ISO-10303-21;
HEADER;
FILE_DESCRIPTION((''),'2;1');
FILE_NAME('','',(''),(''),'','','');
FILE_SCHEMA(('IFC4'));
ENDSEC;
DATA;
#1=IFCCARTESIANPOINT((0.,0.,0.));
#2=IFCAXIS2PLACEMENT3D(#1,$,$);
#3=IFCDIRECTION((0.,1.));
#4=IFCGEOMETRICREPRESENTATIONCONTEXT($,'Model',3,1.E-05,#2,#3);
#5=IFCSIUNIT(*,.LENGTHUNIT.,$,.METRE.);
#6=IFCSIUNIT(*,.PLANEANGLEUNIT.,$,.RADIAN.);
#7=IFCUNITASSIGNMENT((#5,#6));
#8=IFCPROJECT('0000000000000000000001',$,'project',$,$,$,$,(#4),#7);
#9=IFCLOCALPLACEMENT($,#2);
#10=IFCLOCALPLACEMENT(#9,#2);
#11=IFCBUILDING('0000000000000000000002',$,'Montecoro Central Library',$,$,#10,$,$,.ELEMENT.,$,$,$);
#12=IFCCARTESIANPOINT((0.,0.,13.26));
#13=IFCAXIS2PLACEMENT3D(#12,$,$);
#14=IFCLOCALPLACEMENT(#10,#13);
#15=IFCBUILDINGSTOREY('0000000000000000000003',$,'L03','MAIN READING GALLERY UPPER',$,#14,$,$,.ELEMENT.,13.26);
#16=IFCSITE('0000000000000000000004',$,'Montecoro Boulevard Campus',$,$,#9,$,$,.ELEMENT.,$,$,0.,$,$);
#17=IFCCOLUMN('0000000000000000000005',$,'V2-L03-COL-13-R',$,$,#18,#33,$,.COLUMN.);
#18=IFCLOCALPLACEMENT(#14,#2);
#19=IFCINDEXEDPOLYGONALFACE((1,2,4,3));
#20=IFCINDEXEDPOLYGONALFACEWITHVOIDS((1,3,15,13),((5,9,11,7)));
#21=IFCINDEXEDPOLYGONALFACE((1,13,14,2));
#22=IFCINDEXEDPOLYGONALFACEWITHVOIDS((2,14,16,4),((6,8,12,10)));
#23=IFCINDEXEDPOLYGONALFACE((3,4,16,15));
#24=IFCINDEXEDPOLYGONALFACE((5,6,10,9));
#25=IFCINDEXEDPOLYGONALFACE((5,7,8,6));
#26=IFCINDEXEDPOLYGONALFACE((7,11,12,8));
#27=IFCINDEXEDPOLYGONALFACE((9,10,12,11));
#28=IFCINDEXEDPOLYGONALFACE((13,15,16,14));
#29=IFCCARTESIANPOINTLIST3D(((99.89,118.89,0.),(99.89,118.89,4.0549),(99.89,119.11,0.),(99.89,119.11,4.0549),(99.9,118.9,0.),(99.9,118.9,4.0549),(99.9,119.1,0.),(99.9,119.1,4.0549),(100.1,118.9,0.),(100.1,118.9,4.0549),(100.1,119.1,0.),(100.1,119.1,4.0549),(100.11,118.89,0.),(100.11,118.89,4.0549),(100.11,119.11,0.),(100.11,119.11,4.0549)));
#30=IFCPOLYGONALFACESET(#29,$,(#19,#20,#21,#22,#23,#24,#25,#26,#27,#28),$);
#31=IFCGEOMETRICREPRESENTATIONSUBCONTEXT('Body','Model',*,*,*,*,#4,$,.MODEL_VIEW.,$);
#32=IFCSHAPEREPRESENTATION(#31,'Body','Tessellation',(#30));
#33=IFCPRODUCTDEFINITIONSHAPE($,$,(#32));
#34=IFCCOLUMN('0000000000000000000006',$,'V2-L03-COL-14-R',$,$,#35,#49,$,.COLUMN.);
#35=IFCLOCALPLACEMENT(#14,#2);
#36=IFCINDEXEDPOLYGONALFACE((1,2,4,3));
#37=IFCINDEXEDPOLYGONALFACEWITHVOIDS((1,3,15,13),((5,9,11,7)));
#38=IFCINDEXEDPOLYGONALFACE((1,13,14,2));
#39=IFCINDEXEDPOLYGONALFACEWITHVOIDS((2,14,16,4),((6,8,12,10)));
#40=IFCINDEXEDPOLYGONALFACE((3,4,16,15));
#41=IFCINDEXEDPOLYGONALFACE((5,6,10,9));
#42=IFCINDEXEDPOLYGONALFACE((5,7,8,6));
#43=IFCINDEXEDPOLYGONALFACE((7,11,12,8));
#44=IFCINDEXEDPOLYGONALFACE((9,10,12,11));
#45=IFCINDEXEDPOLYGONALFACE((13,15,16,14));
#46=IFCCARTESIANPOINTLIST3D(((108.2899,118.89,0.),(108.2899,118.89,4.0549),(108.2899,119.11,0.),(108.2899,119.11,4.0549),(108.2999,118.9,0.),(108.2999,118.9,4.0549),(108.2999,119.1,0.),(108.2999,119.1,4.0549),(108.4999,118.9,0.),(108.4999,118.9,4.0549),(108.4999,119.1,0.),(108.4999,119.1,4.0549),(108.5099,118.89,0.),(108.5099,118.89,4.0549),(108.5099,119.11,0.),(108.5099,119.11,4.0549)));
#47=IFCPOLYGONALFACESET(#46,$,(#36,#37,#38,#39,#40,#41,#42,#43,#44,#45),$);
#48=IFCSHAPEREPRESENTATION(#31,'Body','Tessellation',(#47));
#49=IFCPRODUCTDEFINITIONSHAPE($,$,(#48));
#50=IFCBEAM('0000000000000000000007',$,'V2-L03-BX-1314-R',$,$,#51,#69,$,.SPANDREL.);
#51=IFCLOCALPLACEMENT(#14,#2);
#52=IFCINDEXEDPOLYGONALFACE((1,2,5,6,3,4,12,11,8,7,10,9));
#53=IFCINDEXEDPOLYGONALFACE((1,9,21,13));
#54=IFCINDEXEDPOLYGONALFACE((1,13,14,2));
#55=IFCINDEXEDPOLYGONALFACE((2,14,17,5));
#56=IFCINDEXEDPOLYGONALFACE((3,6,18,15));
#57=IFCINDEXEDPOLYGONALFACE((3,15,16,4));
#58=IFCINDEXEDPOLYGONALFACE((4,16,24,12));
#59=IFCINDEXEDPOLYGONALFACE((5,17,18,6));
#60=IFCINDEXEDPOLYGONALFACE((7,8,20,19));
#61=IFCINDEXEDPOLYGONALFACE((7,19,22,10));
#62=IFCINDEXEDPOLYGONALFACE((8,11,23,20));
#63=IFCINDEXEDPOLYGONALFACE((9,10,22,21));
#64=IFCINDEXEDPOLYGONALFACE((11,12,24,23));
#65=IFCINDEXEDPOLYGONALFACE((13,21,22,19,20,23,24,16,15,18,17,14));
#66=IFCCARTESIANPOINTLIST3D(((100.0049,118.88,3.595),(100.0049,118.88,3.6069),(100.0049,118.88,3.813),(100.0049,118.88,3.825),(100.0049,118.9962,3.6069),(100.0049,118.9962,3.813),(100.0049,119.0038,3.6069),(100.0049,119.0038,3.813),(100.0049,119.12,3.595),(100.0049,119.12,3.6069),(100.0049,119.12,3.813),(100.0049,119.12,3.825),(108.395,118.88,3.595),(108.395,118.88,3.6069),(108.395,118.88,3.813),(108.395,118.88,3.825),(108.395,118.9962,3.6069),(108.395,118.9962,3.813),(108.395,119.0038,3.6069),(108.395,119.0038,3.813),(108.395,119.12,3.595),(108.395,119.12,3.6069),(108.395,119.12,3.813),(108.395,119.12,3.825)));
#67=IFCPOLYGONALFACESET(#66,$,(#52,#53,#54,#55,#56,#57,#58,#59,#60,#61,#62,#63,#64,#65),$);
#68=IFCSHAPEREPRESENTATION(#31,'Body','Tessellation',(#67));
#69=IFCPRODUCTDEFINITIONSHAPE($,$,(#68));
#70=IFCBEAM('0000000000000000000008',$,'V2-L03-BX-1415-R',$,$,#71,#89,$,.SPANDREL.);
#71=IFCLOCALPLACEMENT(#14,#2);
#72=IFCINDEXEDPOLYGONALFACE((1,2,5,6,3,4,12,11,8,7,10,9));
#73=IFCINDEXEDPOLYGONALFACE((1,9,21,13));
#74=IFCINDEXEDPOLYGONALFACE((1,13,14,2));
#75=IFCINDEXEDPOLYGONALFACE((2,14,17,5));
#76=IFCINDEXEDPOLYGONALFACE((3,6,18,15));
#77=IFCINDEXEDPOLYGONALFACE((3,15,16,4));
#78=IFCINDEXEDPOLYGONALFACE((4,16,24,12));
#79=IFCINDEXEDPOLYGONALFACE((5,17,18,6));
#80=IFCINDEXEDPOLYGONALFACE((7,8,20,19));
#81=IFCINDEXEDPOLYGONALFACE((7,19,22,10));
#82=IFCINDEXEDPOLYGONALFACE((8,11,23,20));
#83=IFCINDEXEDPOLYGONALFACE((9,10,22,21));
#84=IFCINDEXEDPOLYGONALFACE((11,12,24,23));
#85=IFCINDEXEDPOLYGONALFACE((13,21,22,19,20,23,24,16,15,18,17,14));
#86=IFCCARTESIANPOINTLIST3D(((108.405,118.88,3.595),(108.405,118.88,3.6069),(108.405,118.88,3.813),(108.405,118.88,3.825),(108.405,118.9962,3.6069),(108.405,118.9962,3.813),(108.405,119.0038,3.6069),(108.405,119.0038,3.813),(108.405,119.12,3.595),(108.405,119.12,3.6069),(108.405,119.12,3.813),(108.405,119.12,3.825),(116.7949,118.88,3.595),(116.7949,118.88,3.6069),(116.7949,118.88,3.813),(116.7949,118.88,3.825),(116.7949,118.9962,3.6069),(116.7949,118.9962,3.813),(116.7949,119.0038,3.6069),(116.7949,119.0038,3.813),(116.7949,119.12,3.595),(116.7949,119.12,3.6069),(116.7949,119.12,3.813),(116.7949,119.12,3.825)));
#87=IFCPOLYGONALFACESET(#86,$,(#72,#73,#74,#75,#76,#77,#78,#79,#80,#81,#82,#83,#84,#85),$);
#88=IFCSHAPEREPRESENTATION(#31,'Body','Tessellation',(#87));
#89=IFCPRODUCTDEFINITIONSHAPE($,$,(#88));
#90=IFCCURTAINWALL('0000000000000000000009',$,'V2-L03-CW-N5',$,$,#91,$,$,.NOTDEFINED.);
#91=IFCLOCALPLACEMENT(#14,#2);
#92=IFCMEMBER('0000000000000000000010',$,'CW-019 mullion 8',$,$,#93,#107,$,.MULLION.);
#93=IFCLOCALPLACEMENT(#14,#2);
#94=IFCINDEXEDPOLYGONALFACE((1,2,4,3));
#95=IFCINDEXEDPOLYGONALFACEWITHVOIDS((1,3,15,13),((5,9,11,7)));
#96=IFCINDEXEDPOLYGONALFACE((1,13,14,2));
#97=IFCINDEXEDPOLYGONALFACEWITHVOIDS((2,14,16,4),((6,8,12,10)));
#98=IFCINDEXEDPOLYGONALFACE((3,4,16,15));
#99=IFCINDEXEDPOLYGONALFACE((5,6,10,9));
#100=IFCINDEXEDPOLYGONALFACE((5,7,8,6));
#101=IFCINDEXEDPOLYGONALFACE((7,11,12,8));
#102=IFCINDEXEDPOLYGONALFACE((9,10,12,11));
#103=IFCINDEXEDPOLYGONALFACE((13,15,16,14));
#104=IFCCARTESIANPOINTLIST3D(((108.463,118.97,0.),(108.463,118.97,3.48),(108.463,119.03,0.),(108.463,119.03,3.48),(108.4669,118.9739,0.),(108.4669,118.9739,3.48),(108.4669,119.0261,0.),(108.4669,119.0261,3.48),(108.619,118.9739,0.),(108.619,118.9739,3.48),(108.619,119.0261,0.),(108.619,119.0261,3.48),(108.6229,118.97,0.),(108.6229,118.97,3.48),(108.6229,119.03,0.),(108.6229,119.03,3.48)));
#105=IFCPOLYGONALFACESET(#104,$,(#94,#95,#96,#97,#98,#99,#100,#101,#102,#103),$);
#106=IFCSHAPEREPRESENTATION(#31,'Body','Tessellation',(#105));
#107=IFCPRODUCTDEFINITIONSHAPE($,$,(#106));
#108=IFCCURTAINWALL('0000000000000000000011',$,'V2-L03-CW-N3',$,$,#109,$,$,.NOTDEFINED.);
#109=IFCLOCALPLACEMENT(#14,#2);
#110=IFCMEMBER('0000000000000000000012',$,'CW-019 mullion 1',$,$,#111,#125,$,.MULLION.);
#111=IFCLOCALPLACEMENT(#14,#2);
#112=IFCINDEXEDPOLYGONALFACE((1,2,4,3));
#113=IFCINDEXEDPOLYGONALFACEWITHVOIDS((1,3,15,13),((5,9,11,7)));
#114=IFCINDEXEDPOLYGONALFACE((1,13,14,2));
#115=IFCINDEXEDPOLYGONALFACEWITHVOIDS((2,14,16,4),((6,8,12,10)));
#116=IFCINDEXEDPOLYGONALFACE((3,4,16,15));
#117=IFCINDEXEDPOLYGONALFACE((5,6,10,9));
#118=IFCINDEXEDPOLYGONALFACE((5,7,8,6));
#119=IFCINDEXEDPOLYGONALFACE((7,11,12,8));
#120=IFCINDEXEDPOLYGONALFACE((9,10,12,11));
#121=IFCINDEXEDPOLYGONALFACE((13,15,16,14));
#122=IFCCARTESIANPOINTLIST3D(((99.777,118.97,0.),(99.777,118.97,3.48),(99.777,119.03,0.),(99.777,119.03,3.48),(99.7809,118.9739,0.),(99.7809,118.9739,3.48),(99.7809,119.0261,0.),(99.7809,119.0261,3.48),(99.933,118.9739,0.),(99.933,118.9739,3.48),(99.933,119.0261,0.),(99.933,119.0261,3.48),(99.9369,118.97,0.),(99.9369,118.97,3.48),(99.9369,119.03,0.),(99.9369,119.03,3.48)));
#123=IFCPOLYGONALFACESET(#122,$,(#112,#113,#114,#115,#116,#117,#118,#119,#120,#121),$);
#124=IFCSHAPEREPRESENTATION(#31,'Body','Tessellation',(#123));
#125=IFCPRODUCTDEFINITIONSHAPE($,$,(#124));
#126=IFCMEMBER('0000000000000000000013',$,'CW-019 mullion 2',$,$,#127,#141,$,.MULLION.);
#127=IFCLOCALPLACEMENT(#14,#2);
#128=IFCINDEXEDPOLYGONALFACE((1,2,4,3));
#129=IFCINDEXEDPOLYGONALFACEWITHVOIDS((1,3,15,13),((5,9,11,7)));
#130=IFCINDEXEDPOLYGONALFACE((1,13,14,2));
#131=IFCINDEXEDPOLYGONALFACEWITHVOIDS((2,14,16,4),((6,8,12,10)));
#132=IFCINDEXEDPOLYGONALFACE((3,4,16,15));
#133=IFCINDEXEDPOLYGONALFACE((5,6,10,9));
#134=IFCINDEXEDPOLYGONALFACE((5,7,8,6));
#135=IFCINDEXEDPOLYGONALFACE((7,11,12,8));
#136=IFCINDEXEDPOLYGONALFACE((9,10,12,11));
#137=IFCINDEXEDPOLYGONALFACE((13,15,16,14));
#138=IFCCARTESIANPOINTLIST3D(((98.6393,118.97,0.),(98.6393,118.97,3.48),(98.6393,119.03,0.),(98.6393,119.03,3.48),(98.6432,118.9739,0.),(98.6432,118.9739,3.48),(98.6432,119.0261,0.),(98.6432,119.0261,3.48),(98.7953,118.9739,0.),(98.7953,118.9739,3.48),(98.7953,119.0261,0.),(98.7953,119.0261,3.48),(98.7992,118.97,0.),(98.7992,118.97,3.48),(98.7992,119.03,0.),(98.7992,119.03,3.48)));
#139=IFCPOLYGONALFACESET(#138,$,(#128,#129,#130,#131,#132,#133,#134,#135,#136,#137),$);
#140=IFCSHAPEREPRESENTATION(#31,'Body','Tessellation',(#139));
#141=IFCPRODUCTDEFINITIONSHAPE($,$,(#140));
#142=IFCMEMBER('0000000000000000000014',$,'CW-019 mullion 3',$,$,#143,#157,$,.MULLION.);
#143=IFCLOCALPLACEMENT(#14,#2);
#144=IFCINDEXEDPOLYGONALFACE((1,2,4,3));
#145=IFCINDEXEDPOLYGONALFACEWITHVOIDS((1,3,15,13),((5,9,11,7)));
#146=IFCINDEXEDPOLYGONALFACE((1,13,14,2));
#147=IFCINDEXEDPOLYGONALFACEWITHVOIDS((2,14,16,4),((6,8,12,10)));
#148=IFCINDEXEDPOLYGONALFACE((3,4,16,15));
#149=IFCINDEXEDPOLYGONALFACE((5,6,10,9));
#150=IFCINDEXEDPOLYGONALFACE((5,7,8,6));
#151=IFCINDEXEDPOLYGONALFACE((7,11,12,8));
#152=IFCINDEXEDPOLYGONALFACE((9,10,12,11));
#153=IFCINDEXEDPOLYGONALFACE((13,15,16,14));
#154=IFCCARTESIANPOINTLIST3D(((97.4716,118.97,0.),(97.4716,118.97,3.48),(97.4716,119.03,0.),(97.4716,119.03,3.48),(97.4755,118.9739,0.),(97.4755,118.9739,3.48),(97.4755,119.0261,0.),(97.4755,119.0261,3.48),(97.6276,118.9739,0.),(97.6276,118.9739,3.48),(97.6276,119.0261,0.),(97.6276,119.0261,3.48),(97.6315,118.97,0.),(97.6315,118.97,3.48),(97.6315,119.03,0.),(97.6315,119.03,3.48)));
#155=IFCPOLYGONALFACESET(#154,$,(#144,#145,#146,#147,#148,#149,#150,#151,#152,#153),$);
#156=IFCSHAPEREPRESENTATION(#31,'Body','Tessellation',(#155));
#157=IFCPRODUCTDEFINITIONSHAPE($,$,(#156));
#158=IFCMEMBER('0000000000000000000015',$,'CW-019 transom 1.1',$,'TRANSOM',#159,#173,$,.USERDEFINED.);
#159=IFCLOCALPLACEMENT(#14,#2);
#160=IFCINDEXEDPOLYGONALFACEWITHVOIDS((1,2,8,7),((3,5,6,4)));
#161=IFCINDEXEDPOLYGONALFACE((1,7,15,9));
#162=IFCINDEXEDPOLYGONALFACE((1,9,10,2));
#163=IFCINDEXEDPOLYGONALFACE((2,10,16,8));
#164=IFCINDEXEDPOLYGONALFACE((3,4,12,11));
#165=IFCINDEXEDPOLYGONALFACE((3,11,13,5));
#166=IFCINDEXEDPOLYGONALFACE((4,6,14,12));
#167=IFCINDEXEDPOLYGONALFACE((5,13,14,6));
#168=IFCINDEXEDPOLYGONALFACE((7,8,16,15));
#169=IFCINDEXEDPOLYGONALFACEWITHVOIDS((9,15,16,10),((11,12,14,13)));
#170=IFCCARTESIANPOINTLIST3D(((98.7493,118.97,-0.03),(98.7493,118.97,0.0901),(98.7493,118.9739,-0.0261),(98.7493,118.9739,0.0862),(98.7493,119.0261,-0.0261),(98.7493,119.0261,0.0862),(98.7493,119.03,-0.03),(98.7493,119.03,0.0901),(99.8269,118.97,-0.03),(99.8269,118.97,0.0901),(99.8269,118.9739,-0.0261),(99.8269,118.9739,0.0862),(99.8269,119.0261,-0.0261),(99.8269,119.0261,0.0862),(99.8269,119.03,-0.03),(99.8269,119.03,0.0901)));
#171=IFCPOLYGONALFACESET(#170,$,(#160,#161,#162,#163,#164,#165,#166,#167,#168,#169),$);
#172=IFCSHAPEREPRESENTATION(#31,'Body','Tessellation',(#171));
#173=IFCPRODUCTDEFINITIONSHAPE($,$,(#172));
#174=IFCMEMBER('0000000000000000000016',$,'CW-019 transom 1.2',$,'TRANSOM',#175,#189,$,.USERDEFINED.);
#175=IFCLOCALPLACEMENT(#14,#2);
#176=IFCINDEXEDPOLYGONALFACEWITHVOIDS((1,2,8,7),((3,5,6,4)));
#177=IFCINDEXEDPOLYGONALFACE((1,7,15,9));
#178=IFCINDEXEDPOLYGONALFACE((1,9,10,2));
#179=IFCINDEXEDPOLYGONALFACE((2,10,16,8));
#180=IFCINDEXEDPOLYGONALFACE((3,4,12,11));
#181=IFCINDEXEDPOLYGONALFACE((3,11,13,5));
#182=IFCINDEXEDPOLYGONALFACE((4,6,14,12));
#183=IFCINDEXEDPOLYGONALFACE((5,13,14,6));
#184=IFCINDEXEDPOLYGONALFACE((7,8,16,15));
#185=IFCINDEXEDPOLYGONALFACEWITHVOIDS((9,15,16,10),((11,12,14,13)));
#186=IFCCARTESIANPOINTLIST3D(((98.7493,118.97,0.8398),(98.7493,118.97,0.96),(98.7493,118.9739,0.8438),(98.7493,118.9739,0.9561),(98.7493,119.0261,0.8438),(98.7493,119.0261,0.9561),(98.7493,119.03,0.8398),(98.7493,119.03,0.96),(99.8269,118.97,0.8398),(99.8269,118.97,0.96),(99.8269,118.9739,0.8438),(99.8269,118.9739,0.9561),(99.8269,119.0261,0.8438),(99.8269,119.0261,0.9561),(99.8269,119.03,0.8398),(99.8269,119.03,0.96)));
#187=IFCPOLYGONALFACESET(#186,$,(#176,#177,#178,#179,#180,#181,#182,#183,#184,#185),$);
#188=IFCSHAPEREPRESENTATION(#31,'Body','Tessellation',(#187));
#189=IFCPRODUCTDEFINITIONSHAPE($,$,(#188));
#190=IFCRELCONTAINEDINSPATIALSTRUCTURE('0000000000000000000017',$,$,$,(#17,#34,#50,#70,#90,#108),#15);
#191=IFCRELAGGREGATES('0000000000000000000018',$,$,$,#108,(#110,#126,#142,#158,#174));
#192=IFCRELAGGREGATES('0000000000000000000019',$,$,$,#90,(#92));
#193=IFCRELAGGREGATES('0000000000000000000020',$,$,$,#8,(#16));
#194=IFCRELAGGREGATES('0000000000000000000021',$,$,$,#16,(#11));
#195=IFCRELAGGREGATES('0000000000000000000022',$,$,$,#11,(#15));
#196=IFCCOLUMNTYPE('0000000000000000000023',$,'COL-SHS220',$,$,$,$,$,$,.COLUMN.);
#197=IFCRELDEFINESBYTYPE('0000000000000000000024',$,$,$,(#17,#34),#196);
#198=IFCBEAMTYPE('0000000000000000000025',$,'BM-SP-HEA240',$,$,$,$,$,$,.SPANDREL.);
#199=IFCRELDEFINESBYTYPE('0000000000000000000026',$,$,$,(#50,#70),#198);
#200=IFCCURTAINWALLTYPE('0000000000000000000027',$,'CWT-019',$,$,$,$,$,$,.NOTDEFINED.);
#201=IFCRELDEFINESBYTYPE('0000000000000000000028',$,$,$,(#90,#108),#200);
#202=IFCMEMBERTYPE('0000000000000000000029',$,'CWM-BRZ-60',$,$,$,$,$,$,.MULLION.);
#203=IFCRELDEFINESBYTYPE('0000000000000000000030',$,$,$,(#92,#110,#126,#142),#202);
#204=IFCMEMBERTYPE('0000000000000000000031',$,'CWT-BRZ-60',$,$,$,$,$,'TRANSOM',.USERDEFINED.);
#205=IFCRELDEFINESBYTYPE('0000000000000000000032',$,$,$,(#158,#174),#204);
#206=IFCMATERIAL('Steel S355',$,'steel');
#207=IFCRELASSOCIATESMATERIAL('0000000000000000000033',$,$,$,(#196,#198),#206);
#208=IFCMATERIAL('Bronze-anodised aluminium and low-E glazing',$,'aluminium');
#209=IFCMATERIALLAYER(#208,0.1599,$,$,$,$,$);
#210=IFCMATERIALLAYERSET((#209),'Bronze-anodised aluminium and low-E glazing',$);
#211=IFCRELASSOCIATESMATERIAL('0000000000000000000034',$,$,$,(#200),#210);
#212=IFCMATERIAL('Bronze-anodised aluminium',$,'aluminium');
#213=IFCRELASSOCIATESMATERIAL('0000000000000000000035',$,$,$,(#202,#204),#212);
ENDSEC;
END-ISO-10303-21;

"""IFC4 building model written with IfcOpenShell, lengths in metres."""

from ifc_helpers import new_model, si_unit, direction, frame, origin, origin_2d, place, context, subcontext, project, spatial, hollow_rectangle, i_section, extrude, material, layer, layer_set, material_profile, profile_set, type_object, element, aggregate, save


model = new_model("IFC4")

# Units and contexts
model_context = context("Model", 3, precision=1e-05, world=origin(), true_north=direction((0.0, 1.0)))
body_context = subcontext(model_context, "Body", "Model", "MODEL_VIEW")
ifc_project = project(units=[si_unit("LENGTHUNIT", "METRE"), si_unit("PLANEANGLEUNIT", "RADIAN")], contexts=[model_context])

# Site, building, storey
site_placement = place(None, origin())
site = spatial("IfcSite", under=ifc_project, at=site_placement, Name="Montecoro Boulevard Campus", CompositionType="ELEMENT", RefElevation=0.0)
building_placement = place(site_placement, origin())
building = spatial("IfcBuilding", under=site, at=building_placement, Name="Montecoro Central Library", CompositionType="ELEMENT")
storey_placement = place(building_placement, frame((0.0, 0.0, 13.26)))
storey = spatial("IfcBuildingStorey", under=building, at=storey_placement, Name="L03", Description="MAIN READING GALLERY UPPER", CompositionType="ELEMENT", Elevation=13.26)

# Columns
ifc_material_1 = material(Name="Steel S355", Category="steel")
ifc_material_profile_1 = material_profile(ifc_material_1, hollow_rectangle(XDim=0.22, YDim=0.22, WallThickness=0.01, at=origin_2d()), Name="SHS 220x220x10.0")
ifc_profile_set_1 = profile_set([ifc_material_profile_1], Name="Steel S355")
column_type = type_object("IfcColumnType", Name="COL-SHS220", PredefinedType="COLUMN", material=ifc_profile_set_1)
for number, where, z_axis, x_axis, name in (
    (1, (100.0, 119.0, 0.0), (0.0, 0.0, 1.0), (1.0, 0.0, 0.0), "V2-L03-COL-13-R"),
    (2, (108.3999, 119.0, 0.0), (0.0, 0.0, 1.0), (1.0, 0.0, 0.0), "V2-L03-COL-14-R"),
):
    element("IfcColumn", number, at=place(storey_placement, frame(where, z_axis=z_axis, x_axis=x_axis)), inside=storey, type_object=column_type, Name=name, PredefinedType="COLUMN", context=body_context, shape_type="SweptSolid", body=[
        extrude(hollow_rectangle(XDim=0.22, YDim=0.22, WallThickness=0.01, at=origin_2d()), origin(), (0.0, 0.0, 1.0), 4.0549),
    ])

# Beams
ifc_material_profile_2 = material_profile(ifc_material_1, i_section(OverallWidth=0.24, OverallDepth=0.23, WebThickness=0.0076, FlangeThickness=0.012, at=origin_2d()), Name="HEA 240")
ifc_profile_set_2 = profile_set([ifc_material_profile_2], Name="Steel S355")
beam_type = type_object("IfcBeamType", Name="BM-SP-HEA240", PredefinedType="SPANDREL", material=ifc_profile_set_2)
beam_1_placement = place(storey_placement, frame((100.0049, 119.0, 3.71), z_axis=(1.0, 0.0, 0.0), x_axis=(0.0, 1.0, 0.0)))
element("IfcBeam", 3, at=beam_1_placement, inside=storey, type_object=beam_type, Name="V2-L03-BX-1314-R", PredefinedType="SPANDREL", context=body_context, shape_type="SweptSolid", body=[
    extrude(i_section(OverallWidth=0.24, OverallDepth=0.23, WebThickness=0.0076, FlangeThickness=0.012, at=origin_2d()), origin(), (0.0, 0.0, 1.0), 8.3901),
])
beam_2_placement = place(storey_placement, frame((108.405, 119.0, 3.71), z_axis=(1.0, 0.0, 0.0), x_axis=(0.0, 1.0, 0.0)))
element("IfcBeam", 4, at=beam_2_placement, inside=storey, type_object=beam_type, Name="V2-L03-BX-1415-R", PredefinedType="SPANDREL", context=body_context, shape_type="SweptSolid", body=[
    extrude(i_section(OverallWidth=0.24, OverallDepth=0.23, WebThickness=0.0076, FlangeThickness=0.012, at=origin_2d()), origin(), (0.0, 0.0, 1.0), 8.3899),
])

# Curtain wall, member
ifc_material_2 = material(Name="Bronze-anodised aluminium and low-E glazing", Category="aluminium")
ifc_layer_1 = layer(ifc_material_2, 0.1599)
ifc_layer_set_1 = layer_set([ifc_layer_1], Name="Bronze-anodised aluminium and low-E glazing")
curtain_wall_type = type_object("IfcCurtainWallType", Name="CWT-019", PredefinedType="NOTDEFINED", material=ifc_layer_set_1)
curtain_wall_1_placement = place(storey_placement, origin())
curtain_wall_1 = element("IfcCurtainWall", 5, at=curtain_wall_1_placement, inside=storey, type_object=curtain_wall_type, Name="V2-L03-CW-N5", PredefinedType="NOTDEFINED")
ifc_material_3 = material(Name="Bronze-anodised aluminium", Category="aluminium")
ifc_material_profile_3 = material_profile(ifc_material_3, hollow_rectangle(XDim=0.0601, YDim=0.1599, WallThickness=0.0039, at=origin_2d()), Name="CWM 160x60x4.0")
ifc_profile_set_3 = profile_set([ifc_material_profile_3], Name="Bronze-anodised aluminium")
member_type_1 = type_object("IfcMemberType", Name="CWM-BRZ-60", PredefinedType="MULLION", material=ifc_profile_set_3)
member_1_placement = place(storey_placement, frame((108.543, 119.0, 0.0), z_axis=(0.0, 0.0, 1.0), x_axis=(0.0, -1.0, 0.0)))
member_1 = element("IfcMember", 6, at=member_1_placement, type_object=member_type_1, Name="CW-019 mullion 8", PredefinedType="MULLION", context=body_context, shape_type="SweptSolid", body=[
    extrude(hollow_rectangle(XDim=0.0601, YDim=0.1599, WallThickness=0.0039, at=origin_2d()), origin(), (0.0, 0.0, 1.0), 3.48),
])

# Curtain wall, members
curtain_wall_2_placement = place(storey_placement, origin())
curtain_wall_2 = element("IfcCurtainWall", 7, at=curtain_wall_2_placement, inside=storey, type_object=curtain_wall_type, Name="V2-L03-CW-N3", PredefinedType="NOTDEFINED")
member_2_placement = place(storey_placement, frame((99.8569, 119.0, 0.0), z_axis=(0.0, 0.0, 1.0), x_axis=(0.0, -1.0, 0.0)))
member_2 = element("IfcMember", 8, at=member_2_placement, type_object=member_type_1, Name="CW-019 mullion 1", PredefinedType="MULLION", context=body_context, shape_type="SweptSolid", body=[
    extrude(hollow_rectangle(XDim=0.0601, YDim=0.1599, WallThickness=0.0039, at=origin_2d()), origin(), (0.0, 0.0, 1.0), 3.48),
])
member_3_placement = place(storey_placement, frame((98.7192, 119.0, 0.0), z_axis=(0.0, 0.0, 1.0), x_axis=(0.0, -1.0, 0.0)))
member_3 = element("IfcMember", 9, at=member_3_placement, type_object=member_type_1, Name="CW-019 mullion 2", PredefinedType="MULLION", context=body_context, shape_type="SweptSolid", body=[
    extrude(hollow_rectangle(XDim=0.0601, YDim=0.1599, WallThickness=0.0039, at=origin_2d()), origin(), (0.0, 0.0, 1.0), 3.48),
])
member_4_placement = place(storey_placement, frame((97.5515, 119.0, 0.0), z_axis=(0.0, 0.0, 1.0), x_axis=(0.0, -1.0, 0.0)))
member_4 = element("IfcMember", 10, at=member_4_placement, type_object=member_type_1, Name="CW-019 mullion 3", PredefinedType="MULLION", context=body_context, shape_type="SweptSolid", body=[
    extrude(hollow_rectangle(XDim=0.0601, YDim=0.1599, WallThickness=0.0039, at=origin_2d()), origin(), (0.0, 0.0, 1.0), 3.48),
])
ifc_material_profile_4 = material_profile(ifc_material_3, hollow_rectangle(XDim=0.0601, YDim=0.1201, WallThickness=0.0039, at=origin_2d()), Name="CWT 120x60x4.0")
ifc_profile_set_4 = profile_set([ifc_material_profile_4], Name="Bronze-anodised aluminium")
member_type_2 = type_object("IfcMemberType", Name="CWT-BRZ-60", ElementType="TRANSOM", PredefinedType="USERDEFINED", material=ifc_profile_set_4)
member_5_placement = place(storey_placement, frame((99.8269, 119.0, 0.03), z_axis=(-1.0, 0.0, 0.0), x_axis=(0.0, -1.0, 0.0)))
member_5 = element("IfcMember", 11, at=member_5_placement, type_object=member_type_2, Name="CW-019 transom 1.1", ObjectType="TRANSOM", PredefinedType="USERDEFINED", context=body_context, shape_type="SweptSolid", body=[
    extrude(hollow_rectangle(XDim=0.0601, YDim=0.1201, WallThickness=0.0039, at=origin_2d()), origin(), (0.0, 0.0, 1.0), 1.0776),
])
member_6_placement = place(storey_placement, frame((99.8269, 119.0, 0.8999), z_axis=(-1.0, 0.0, 0.0), x_axis=(0.0, -1.0, 0.0)))
member_6 = element("IfcMember", 12, at=member_6_placement, type_object=member_type_2, Name="CW-019 transom 1.2", ObjectType="TRANSOM", PredefinedType="USERDEFINED", context=body_context, shape_type="SweptSolid", body=[
    extrude(hollow_rectangle(XDim=0.0601, YDim=0.1201, WallThickness=0.0039, at=origin_2d()), origin(), (0.0, 0.0, 1.0), 1.0776),
])
aggregate(curtain_wall_2, [member_2, member_3, member_4, member_5, member_6])

aggregate(curtain_wall_1, [member_1])

save(model, "model.ifc")
